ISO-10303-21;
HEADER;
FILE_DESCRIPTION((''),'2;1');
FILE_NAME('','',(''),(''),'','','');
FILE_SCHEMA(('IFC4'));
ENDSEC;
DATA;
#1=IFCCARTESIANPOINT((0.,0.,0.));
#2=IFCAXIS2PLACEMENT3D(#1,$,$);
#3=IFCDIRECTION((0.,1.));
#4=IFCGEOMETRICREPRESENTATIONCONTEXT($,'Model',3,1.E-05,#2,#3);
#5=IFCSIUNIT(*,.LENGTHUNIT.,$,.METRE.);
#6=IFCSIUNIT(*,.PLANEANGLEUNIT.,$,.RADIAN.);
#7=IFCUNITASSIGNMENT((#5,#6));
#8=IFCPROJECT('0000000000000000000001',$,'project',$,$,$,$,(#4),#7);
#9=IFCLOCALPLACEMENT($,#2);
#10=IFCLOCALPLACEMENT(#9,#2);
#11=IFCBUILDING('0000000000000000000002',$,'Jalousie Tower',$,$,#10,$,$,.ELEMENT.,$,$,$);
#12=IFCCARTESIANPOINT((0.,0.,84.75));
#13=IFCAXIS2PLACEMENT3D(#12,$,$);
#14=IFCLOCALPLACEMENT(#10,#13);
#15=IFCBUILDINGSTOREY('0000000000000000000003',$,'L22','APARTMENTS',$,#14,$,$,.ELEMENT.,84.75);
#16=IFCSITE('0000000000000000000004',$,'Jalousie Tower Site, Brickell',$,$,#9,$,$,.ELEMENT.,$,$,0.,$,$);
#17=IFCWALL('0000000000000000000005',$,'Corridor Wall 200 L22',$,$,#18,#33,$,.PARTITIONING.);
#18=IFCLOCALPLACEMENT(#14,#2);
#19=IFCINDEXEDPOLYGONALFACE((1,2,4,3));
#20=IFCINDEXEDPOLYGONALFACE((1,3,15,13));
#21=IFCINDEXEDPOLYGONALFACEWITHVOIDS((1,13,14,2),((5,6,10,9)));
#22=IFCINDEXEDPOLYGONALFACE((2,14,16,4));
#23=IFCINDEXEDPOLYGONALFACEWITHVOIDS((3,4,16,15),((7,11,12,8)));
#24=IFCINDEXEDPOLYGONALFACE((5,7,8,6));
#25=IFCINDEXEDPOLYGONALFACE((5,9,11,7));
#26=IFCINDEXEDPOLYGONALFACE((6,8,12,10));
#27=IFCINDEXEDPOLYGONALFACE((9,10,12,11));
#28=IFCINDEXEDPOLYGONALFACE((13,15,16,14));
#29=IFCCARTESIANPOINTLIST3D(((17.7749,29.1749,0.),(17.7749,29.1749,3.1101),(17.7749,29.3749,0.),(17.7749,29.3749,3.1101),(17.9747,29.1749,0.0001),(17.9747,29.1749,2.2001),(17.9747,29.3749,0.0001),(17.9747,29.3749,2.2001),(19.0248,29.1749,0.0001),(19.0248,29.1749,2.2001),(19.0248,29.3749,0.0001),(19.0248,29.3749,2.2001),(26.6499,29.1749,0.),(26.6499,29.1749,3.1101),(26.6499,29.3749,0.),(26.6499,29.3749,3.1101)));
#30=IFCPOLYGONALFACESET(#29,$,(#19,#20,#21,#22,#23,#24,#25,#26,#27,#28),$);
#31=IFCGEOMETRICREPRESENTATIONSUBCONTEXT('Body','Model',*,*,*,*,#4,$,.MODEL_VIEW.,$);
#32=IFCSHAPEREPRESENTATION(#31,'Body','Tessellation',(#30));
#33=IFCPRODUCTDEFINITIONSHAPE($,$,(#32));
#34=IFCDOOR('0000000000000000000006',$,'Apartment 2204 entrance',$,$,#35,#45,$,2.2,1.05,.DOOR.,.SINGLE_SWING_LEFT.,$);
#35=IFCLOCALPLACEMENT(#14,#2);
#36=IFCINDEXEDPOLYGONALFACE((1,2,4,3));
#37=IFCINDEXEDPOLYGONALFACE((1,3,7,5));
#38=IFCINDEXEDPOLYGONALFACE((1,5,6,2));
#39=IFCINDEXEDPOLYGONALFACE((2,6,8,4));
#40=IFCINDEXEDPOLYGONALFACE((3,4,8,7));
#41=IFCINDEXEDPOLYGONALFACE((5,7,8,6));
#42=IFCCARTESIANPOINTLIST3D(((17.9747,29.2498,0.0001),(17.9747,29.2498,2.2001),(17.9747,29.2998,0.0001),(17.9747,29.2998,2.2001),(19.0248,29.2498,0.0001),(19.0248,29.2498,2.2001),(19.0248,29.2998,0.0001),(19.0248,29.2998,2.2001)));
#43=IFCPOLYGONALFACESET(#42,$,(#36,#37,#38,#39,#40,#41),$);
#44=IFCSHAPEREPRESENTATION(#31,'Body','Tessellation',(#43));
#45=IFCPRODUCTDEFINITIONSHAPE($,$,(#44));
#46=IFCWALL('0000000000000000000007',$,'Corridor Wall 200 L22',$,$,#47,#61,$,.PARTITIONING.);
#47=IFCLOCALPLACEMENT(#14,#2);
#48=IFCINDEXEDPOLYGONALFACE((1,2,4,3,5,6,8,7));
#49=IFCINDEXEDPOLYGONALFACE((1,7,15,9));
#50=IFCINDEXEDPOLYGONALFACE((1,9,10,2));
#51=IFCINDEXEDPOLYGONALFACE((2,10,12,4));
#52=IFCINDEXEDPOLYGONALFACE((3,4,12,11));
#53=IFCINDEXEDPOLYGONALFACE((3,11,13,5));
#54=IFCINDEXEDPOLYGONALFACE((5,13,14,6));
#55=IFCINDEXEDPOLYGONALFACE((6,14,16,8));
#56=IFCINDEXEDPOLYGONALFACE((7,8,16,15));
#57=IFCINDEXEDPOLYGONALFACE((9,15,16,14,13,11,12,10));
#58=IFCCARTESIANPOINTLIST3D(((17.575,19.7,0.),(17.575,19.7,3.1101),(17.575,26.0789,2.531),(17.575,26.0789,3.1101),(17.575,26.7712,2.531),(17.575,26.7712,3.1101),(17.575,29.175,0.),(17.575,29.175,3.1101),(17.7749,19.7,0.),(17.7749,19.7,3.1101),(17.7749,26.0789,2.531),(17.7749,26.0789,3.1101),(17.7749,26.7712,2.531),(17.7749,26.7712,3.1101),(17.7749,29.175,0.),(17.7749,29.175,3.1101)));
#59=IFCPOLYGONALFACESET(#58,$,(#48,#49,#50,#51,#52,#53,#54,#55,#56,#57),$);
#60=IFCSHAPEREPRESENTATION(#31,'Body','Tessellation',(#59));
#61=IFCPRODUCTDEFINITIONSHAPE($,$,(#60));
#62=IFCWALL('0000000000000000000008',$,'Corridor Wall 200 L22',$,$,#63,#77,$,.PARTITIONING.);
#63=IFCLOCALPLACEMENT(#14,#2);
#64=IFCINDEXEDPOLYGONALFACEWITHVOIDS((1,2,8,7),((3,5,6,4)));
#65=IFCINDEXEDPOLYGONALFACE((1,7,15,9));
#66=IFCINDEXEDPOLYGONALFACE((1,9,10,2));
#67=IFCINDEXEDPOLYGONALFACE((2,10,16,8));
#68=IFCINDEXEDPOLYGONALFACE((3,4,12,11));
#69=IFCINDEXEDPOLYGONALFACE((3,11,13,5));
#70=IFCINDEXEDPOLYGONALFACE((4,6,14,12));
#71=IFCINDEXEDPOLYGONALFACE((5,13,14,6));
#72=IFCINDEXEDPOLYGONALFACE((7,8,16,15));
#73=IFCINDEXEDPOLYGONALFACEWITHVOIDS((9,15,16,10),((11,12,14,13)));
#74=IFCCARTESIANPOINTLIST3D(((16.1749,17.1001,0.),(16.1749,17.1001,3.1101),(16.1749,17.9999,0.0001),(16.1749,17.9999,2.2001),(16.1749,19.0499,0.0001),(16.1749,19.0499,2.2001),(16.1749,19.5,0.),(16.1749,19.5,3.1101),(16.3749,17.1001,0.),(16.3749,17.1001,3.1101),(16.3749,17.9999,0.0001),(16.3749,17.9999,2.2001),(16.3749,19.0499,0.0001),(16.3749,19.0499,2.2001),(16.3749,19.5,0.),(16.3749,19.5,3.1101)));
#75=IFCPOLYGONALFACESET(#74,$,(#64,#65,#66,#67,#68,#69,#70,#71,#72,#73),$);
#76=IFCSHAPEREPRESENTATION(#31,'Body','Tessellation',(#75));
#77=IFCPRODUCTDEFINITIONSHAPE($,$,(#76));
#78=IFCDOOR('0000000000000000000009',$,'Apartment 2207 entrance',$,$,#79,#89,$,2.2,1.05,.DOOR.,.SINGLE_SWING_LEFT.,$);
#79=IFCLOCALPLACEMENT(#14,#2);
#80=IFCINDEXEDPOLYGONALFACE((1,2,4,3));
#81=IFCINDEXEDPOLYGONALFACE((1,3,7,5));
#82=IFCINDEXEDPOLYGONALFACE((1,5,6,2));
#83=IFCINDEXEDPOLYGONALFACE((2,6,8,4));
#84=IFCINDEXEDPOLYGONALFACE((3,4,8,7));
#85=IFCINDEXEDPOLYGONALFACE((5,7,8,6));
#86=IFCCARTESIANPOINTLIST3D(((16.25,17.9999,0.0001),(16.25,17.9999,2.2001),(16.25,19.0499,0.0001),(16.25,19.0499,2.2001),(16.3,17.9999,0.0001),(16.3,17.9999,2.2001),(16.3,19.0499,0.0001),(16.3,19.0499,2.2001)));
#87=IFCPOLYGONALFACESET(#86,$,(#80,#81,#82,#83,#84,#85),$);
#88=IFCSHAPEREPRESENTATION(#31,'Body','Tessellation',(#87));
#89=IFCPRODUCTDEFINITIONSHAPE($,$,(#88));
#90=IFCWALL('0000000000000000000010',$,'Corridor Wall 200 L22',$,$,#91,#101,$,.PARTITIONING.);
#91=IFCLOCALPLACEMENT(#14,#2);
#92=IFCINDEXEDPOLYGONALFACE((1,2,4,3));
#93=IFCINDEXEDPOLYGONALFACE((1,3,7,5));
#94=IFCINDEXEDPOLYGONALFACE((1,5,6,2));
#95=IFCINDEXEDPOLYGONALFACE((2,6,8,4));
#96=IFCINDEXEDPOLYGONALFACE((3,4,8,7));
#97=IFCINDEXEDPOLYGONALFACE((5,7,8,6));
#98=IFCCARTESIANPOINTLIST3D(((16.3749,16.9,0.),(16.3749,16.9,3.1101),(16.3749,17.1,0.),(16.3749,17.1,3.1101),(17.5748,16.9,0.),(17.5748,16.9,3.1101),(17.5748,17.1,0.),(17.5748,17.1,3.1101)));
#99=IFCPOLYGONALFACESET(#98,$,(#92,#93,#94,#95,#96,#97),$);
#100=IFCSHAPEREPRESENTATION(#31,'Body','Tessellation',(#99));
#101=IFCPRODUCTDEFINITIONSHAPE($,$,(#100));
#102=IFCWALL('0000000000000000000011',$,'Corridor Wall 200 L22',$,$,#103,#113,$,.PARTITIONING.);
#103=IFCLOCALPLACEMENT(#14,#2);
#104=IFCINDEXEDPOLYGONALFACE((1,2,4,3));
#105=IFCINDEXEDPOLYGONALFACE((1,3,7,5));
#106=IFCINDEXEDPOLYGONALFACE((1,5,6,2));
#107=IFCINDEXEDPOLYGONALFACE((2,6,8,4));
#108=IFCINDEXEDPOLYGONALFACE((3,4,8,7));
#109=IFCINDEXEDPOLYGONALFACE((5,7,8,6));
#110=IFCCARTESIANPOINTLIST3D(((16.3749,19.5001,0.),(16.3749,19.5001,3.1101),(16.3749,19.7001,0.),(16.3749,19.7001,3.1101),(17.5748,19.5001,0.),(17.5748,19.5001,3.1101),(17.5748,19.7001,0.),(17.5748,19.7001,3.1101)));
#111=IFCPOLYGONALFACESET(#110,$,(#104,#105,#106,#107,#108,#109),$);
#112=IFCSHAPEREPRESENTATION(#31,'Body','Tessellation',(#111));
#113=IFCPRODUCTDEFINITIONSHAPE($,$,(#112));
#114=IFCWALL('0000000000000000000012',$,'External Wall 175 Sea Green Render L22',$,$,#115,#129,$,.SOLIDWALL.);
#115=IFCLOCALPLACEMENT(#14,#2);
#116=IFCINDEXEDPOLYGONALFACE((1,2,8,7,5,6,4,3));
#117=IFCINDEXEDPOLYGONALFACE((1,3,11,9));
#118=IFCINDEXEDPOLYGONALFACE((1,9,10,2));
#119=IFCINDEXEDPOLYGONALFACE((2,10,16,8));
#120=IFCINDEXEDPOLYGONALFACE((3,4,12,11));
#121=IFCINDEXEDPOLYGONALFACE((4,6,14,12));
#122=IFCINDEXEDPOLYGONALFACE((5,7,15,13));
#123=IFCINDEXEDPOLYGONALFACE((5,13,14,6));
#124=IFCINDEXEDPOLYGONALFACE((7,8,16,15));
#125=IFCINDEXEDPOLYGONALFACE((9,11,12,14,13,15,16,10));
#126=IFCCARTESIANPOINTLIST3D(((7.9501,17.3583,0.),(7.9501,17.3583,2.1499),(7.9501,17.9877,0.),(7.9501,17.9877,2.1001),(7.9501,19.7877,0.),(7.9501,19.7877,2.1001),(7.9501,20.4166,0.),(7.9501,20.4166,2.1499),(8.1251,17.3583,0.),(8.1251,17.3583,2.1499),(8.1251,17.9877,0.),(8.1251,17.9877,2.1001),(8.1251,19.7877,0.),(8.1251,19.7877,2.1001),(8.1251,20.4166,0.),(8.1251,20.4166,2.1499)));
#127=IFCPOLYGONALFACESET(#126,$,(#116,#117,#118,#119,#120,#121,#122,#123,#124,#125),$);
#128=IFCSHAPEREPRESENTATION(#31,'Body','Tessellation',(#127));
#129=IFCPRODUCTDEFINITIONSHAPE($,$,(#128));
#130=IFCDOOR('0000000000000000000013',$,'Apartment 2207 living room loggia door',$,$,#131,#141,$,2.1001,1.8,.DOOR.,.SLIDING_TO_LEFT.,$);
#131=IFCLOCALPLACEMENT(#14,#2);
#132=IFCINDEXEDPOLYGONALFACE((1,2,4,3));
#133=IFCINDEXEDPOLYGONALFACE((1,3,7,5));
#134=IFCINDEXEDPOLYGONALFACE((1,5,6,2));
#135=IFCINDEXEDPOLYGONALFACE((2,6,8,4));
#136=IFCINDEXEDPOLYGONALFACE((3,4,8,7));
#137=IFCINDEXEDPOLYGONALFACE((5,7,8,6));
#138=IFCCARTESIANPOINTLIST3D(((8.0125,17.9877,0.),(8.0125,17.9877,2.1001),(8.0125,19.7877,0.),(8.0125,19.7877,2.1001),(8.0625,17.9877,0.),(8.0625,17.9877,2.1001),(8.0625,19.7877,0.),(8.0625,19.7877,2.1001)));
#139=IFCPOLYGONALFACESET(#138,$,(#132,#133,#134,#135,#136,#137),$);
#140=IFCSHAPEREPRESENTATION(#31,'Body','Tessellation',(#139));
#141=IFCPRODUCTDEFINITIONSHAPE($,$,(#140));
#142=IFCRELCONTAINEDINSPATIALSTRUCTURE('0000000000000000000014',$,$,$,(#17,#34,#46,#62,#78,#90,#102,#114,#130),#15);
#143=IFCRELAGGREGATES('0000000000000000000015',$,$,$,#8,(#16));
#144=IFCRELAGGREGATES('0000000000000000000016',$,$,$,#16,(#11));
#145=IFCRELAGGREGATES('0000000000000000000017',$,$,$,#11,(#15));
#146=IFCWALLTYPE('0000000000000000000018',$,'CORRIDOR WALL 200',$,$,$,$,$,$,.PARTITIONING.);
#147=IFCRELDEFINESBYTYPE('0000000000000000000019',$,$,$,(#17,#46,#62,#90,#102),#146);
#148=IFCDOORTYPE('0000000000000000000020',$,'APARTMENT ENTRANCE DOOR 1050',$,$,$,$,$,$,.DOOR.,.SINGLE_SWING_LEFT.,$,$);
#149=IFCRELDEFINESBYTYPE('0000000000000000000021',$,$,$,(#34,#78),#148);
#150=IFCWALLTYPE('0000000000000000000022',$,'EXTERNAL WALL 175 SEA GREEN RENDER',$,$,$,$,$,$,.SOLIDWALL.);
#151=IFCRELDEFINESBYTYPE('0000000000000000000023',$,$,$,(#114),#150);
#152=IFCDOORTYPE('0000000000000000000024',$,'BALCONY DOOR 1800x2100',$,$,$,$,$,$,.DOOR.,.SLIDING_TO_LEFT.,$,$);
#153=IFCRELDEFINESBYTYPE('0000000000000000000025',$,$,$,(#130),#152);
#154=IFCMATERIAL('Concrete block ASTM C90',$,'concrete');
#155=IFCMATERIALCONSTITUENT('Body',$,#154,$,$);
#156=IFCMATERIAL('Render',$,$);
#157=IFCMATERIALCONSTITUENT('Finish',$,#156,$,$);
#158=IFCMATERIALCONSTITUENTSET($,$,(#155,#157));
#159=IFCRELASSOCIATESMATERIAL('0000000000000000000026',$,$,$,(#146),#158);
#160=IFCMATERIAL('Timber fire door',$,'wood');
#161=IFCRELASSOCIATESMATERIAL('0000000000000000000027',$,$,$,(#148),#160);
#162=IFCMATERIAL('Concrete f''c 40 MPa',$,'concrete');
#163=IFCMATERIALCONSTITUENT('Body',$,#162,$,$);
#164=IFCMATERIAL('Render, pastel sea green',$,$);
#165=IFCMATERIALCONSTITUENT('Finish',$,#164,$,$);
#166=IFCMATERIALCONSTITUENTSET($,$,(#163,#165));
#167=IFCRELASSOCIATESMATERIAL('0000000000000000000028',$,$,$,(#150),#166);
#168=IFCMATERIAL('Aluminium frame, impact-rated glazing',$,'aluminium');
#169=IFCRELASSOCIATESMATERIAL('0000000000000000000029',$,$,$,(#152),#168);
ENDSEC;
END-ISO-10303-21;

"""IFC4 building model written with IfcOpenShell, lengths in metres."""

from ifc_helpers import new_model, si_unit, direction, frame, frame_2d, origin, place, context, subcontext, project, spatial, polyline, rectangle, outline, extrude, material, constituent, constituent_set, type_object, element, fill, save


model = new_model("IFC4")

# Units and contexts
model_context = context("Model", 3, precision=1e-05, world=origin(), true_north=direction((0.0, 1.0)))
body_context = subcontext(model_context, "Body", "Model", "MODEL_VIEW")
ifc_project = project(units=[si_unit("LENGTHUNIT", "METRE"), si_unit("PLANEANGLEUNIT", "RADIAN")], contexts=[model_context])

# Site, building, storey
site_placement = place(None, origin())
site = spatial("IfcSite", under=ifc_project, at=site_placement, Name="Jalousie Tower Site, Brickell", CompositionType="ELEMENT", RefElevation=0.0)
building_placement = place(site_placement, origin())
building = spatial("IfcBuilding", under=site, at=building_placement, Name="Jalousie Tower", CompositionType="ELEMENT")
storey_placement = place(building_placement, frame((0.0, 0.0, 84.75)))
storey = spatial("IfcBuildingStorey", under=building, at=storey_placement, Name="L22", Description="APARTMENTS", CompositionType="ELEMENT", Elevation=84.75)

# Wall, opening, door
ifc_material_1 = material(Name="Concrete block ASTM C90", Category="concrete")
ifc_constituent_1 = constituent(ifc_material_1, Name="Body")
ifc_material_2 = material(Name="Render")
ifc_constituent_2 = constituent(ifc_material_2, Name="Finish")
ifc_constituent_set_1 = constituent_set(constituents=[ifc_constituent_1, ifc_constituent_2])
wall_type_1 = type_object("IfcWallType", Name="CORRIDOR WALL 200", PredefinedType="PARTITIONING", material=ifc_constituent_set_1)
wall_1_placement = place(storey_placement, frame((17.7749, 29.2749, 0.0), z_axis=(0.0, 0.0, 1.0), x_axis=(1.0, 0.0, 0.0)))
wall_1 = element("IfcWall", 1, at=wall_1_placement, inside=storey, type_object=wall_type_1, Name="Corridor Wall 200 L22", PredefinedType="PARTITIONING", context=body_context, shape_type="SweptSolid", body=[
    extrude(rectangle(XDim=8.875, YDim=0.2, at=frame_2d((4.4375, 0.0))), origin(), (0.0, 0.0, 1.0), 3.1101),
])
opening_1_placement = place(wall_1_placement, frame((0.2, 0.0, 0.0)))
opening_1 = element("IfcOpeningElement", 2, at=opening_1_placement, cuts=wall_1, PredefinedType="OPENING", context=body_context, shape_type="SweptSolid", body=[
    extrude(rectangle(XDim=1.05, YDim=2.2, at=frame_2d((0.5249, 1.1001))), frame((0.0, 0.1099, 0.0), z_axis=(0.0, -1.0, 0.0), x_axis=(1.0, 0.0, 0.0)), (0.0, 0.0, 1.0), 0.22),
])
ifc_material_3 = material(Name="Timber fire door", Category="wood")
door_type_1 = type_object("IfcDoorType", Name="APARTMENT ENTRANCE DOOR 1050", OperationType="SINGLE_SWING_LEFT", PredefinedType="DOOR", material=ifc_material_3)
door_1_placement = place(opening_1_placement, origin())
door_1 = element("IfcDoor", 3, at=door_1_placement, inside=storey, type_object=door_type_1, Name="Apartment 2204 entrance", OperationType="SINGLE_SWING_LEFT", OverallHeight=2.2, OverallWidth=1.05, PredefinedType="DOOR", context=body_context, shape_type="SweptSolid", body=[
    extrude(rectangle(XDim=1.05, YDim=2.2, at=frame_2d((0.5249, 1.1001))), frame((0.0, 0.0249, 0.0), z_axis=(0.0, -1.0, 0.0), x_axis=(1.0, 0.0, 0.0)), (0.0, 0.0, 1.0), 0.05),
])
fill(opening_1, door_1)

# Wall
wall_2_placement = place(storey_placement, frame((17.675, 19.7, 0.0), z_axis=(0.0, 0.0, 1.0), x_axis=(0.0, 1.0, 0.0)))
element("IfcWall", 4, at=wall_2_placement, inside=storey, type_object=wall_type_1, Name="Corridor Wall 200 L22", PredefinedType="PARTITIONING", context=body_context, shape_type="SweptSolid", body=[
    extrude(outline(polyline([(0.0, 0.0), (9.4751, 0.0), (9.4751, 3.1101), (7.0713, 3.1101), (7.0713, 2.531), (6.3789, 2.531), (6.3789, 3.1101), (0.0, 3.1101), (0.0, 0.0)])), frame((0.0, 0.1001, 0.0), z_axis=(0.0, -1.0, 0.0), x_axis=(1.0, 0.0, 0.0)), (0.0, 0.0, 1.0), 0.2),
])

# Wall, opening, door
wall_3_placement = place(storey_placement, frame((16.2749, 17.1001, 0.0), z_axis=(0.0, 0.0, 1.0), x_axis=(0.0, 1.0, 0.0)))
wall_3 = element("IfcWall", 5, at=wall_3_placement, inside=storey, type_object=wall_type_1, Name="Corridor Wall 200 L22", PredefinedType="PARTITIONING", context=body_context, shape_type="SweptSolid", body=[
    extrude(rectangle(XDim=2.3999, YDim=0.2, at=frame_2d((1.2, 0.0))), origin(), (0.0, 0.0, 1.0), 3.1101),
])
opening_2_placement = place(wall_3_placement, frame((0.8999, 0.0, 0.0)))
opening_2 = element("IfcOpeningElement", 6, at=opening_2_placement, cuts=wall_3, PredefinedType="OPENING", context=body_context, shape_type="SweptSolid", body=[
    extrude(rectangle(XDim=1.05, YDim=2.2, at=frame_2d((0.5249, 1.1001))), frame((0.0, 0.1099, 0.0), z_axis=(0.0, -1.0, 0.0), x_axis=(1.0, 0.0, 0.0)), (0.0, 0.0, 1.0), 0.22),
])
door_2_placement = place(opening_2_placement, origin())
door_2 = element("IfcDoor", 7, at=door_2_placement, inside=storey, type_object=door_type_1, Name="Apartment 2207 entrance", OperationType="SINGLE_SWING_LEFT", OverallHeight=2.2, OverallWidth=1.05, PredefinedType="DOOR", context=body_context, shape_type="SweptSolid", body=[
    extrude(rectangle(XDim=1.05, YDim=2.2, at=frame_2d((0.5249, 1.1001))), frame((0.0, 0.0249, 0.0), z_axis=(0.0, -1.0, 0.0), x_axis=(1.0, 0.0, 0.0)), (0.0, 0.0, 1.0), 0.05),
])
fill(opening_2, door_2)

# Walls
for number, where, z_axis, x_axis, name in (
    (8, (17.575, 17.0, 0.0), (0.0, 0.0, 1.0), (-1.0, 0.0, 0.0), "Corridor Wall 200 L22"),
    (9, (17.575, 19.6001, 0.0), (0.0, 0.0, 1.0), (-1.0, 0.0, 0.0), "Corridor Wall 200 L22"),
):
    element("IfcWall", number, at=place(storey_placement, frame(where, z_axis=z_axis, x_axis=x_axis)), inside=storey, type_object=wall_type_1, Name=name, PredefinedType="PARTITIONING", context=body_context, shape_type="SweptSolid", body=[
        extrude(rectangle(XDim=1.2, YDim=0.2, at=frame_2d((0.6001, 0.0))), origin(), (0.0, 0.0, 1.0), 3.1101),
    ])

# Wall, opening, door
ifc_material_4 = material(Name="Concrete f'c 40 MPa", Category="concrete")
ifc_constituent_3 = constituent(ifc_material_4, Name="Body")
ifc_material_5 = material(Name="Render, pastel sea green")
ifc_constituent_4 = constituent(ifc_material_5, Name="Finish")
ifc_constituent_set_2 = constituent_set(constituents=[ifc_constituent_3, ifc_constituent_4])
wall_type_2 = type_object("IfcWallType", Name="EXTERNAL WALL 175 SEA GREEN RENDER", PredefinedType="SOLIDWALL", material=ifc_constituent_set_2)
wall_4_placement = place(storey_placement, frame((8.0376, 20.4167, 0.0), z_axis=(0.0, 0.0, 1.0), x_axis=(0.0, -1.0, 0.0)))
wall_4 = element("IfcWall", 10, at=wall_4_placement, inside=storey, type_object=wall_type_2, Name="External Wall 175 Sea Green Render L22", PredefinedType="SOLIDWALL", context=body_context, shape_type="SweptSolid", body=[
    extrude(rectangle(XDim=3.0583, YDim=0.175, at=frame_2d((1.5293, 0.0))), origin(), (0.0, 0.0, 1.0), 2.1499),
])
opening_3_placement = place(wall_4_placement, frame((0.6292, 0.0, 0.0)))
opening_3 = element("IfcOpeningElement", 11, at=opening_3_placement, cuts=wall_4, PredefinedType="OPENING", context=body_context, shape_type="SweptSolid", body=[
    extrude(rectangle(XDim=1.8, YDim=2.1001, at=frame_2d((0.8999, 1.05))), frame((0.0, 0.0974, 0.0), z_axis=(0.0, -1.0, 0.0), x_axis=(1.0, 0.0, 0.0)), (0.0, 0.0, 1.0), 0.1951),
])
ifc_material_6 = material(Name="Aluminium frame, impact-rated glazing", Category="aluminium")
door_type_2 = type_object("IfcDoorType", Name="BALCONY DOOR 1800x2100", OperationType="SLIDING_TO_LEFT", PredefinedType="DOOR", material=ifc_material_6)
door_3_placement = place(opening_3_placement, origin())
door_3 = element("IfcDoor", 12, at=door_3_placement, inside=storey, type_object=door_type_2, Name="Apartment 2207 living room loggia door", OperationType="SLIDING_TO_LEFT", OverallHeight=2.1001, OverallWidth=1.8, PredefinedType="DOOR", context=body_context, shape_type="SweptSolid", body=[
    extrude(rectangle(XDim=1.8, YDim=2.1001, at=frame_2d((0.8999, 1.05))), frame((0.0, 0.0249, 0.0), z_axis=(0.0, -1.0, 0.0), x_axis=(1.0, 0.0, 0.0)), (0.0, 0.0, 1.0), 0.05),
])
fill(opening_3, door_3)

save(model, "model.ifc")
